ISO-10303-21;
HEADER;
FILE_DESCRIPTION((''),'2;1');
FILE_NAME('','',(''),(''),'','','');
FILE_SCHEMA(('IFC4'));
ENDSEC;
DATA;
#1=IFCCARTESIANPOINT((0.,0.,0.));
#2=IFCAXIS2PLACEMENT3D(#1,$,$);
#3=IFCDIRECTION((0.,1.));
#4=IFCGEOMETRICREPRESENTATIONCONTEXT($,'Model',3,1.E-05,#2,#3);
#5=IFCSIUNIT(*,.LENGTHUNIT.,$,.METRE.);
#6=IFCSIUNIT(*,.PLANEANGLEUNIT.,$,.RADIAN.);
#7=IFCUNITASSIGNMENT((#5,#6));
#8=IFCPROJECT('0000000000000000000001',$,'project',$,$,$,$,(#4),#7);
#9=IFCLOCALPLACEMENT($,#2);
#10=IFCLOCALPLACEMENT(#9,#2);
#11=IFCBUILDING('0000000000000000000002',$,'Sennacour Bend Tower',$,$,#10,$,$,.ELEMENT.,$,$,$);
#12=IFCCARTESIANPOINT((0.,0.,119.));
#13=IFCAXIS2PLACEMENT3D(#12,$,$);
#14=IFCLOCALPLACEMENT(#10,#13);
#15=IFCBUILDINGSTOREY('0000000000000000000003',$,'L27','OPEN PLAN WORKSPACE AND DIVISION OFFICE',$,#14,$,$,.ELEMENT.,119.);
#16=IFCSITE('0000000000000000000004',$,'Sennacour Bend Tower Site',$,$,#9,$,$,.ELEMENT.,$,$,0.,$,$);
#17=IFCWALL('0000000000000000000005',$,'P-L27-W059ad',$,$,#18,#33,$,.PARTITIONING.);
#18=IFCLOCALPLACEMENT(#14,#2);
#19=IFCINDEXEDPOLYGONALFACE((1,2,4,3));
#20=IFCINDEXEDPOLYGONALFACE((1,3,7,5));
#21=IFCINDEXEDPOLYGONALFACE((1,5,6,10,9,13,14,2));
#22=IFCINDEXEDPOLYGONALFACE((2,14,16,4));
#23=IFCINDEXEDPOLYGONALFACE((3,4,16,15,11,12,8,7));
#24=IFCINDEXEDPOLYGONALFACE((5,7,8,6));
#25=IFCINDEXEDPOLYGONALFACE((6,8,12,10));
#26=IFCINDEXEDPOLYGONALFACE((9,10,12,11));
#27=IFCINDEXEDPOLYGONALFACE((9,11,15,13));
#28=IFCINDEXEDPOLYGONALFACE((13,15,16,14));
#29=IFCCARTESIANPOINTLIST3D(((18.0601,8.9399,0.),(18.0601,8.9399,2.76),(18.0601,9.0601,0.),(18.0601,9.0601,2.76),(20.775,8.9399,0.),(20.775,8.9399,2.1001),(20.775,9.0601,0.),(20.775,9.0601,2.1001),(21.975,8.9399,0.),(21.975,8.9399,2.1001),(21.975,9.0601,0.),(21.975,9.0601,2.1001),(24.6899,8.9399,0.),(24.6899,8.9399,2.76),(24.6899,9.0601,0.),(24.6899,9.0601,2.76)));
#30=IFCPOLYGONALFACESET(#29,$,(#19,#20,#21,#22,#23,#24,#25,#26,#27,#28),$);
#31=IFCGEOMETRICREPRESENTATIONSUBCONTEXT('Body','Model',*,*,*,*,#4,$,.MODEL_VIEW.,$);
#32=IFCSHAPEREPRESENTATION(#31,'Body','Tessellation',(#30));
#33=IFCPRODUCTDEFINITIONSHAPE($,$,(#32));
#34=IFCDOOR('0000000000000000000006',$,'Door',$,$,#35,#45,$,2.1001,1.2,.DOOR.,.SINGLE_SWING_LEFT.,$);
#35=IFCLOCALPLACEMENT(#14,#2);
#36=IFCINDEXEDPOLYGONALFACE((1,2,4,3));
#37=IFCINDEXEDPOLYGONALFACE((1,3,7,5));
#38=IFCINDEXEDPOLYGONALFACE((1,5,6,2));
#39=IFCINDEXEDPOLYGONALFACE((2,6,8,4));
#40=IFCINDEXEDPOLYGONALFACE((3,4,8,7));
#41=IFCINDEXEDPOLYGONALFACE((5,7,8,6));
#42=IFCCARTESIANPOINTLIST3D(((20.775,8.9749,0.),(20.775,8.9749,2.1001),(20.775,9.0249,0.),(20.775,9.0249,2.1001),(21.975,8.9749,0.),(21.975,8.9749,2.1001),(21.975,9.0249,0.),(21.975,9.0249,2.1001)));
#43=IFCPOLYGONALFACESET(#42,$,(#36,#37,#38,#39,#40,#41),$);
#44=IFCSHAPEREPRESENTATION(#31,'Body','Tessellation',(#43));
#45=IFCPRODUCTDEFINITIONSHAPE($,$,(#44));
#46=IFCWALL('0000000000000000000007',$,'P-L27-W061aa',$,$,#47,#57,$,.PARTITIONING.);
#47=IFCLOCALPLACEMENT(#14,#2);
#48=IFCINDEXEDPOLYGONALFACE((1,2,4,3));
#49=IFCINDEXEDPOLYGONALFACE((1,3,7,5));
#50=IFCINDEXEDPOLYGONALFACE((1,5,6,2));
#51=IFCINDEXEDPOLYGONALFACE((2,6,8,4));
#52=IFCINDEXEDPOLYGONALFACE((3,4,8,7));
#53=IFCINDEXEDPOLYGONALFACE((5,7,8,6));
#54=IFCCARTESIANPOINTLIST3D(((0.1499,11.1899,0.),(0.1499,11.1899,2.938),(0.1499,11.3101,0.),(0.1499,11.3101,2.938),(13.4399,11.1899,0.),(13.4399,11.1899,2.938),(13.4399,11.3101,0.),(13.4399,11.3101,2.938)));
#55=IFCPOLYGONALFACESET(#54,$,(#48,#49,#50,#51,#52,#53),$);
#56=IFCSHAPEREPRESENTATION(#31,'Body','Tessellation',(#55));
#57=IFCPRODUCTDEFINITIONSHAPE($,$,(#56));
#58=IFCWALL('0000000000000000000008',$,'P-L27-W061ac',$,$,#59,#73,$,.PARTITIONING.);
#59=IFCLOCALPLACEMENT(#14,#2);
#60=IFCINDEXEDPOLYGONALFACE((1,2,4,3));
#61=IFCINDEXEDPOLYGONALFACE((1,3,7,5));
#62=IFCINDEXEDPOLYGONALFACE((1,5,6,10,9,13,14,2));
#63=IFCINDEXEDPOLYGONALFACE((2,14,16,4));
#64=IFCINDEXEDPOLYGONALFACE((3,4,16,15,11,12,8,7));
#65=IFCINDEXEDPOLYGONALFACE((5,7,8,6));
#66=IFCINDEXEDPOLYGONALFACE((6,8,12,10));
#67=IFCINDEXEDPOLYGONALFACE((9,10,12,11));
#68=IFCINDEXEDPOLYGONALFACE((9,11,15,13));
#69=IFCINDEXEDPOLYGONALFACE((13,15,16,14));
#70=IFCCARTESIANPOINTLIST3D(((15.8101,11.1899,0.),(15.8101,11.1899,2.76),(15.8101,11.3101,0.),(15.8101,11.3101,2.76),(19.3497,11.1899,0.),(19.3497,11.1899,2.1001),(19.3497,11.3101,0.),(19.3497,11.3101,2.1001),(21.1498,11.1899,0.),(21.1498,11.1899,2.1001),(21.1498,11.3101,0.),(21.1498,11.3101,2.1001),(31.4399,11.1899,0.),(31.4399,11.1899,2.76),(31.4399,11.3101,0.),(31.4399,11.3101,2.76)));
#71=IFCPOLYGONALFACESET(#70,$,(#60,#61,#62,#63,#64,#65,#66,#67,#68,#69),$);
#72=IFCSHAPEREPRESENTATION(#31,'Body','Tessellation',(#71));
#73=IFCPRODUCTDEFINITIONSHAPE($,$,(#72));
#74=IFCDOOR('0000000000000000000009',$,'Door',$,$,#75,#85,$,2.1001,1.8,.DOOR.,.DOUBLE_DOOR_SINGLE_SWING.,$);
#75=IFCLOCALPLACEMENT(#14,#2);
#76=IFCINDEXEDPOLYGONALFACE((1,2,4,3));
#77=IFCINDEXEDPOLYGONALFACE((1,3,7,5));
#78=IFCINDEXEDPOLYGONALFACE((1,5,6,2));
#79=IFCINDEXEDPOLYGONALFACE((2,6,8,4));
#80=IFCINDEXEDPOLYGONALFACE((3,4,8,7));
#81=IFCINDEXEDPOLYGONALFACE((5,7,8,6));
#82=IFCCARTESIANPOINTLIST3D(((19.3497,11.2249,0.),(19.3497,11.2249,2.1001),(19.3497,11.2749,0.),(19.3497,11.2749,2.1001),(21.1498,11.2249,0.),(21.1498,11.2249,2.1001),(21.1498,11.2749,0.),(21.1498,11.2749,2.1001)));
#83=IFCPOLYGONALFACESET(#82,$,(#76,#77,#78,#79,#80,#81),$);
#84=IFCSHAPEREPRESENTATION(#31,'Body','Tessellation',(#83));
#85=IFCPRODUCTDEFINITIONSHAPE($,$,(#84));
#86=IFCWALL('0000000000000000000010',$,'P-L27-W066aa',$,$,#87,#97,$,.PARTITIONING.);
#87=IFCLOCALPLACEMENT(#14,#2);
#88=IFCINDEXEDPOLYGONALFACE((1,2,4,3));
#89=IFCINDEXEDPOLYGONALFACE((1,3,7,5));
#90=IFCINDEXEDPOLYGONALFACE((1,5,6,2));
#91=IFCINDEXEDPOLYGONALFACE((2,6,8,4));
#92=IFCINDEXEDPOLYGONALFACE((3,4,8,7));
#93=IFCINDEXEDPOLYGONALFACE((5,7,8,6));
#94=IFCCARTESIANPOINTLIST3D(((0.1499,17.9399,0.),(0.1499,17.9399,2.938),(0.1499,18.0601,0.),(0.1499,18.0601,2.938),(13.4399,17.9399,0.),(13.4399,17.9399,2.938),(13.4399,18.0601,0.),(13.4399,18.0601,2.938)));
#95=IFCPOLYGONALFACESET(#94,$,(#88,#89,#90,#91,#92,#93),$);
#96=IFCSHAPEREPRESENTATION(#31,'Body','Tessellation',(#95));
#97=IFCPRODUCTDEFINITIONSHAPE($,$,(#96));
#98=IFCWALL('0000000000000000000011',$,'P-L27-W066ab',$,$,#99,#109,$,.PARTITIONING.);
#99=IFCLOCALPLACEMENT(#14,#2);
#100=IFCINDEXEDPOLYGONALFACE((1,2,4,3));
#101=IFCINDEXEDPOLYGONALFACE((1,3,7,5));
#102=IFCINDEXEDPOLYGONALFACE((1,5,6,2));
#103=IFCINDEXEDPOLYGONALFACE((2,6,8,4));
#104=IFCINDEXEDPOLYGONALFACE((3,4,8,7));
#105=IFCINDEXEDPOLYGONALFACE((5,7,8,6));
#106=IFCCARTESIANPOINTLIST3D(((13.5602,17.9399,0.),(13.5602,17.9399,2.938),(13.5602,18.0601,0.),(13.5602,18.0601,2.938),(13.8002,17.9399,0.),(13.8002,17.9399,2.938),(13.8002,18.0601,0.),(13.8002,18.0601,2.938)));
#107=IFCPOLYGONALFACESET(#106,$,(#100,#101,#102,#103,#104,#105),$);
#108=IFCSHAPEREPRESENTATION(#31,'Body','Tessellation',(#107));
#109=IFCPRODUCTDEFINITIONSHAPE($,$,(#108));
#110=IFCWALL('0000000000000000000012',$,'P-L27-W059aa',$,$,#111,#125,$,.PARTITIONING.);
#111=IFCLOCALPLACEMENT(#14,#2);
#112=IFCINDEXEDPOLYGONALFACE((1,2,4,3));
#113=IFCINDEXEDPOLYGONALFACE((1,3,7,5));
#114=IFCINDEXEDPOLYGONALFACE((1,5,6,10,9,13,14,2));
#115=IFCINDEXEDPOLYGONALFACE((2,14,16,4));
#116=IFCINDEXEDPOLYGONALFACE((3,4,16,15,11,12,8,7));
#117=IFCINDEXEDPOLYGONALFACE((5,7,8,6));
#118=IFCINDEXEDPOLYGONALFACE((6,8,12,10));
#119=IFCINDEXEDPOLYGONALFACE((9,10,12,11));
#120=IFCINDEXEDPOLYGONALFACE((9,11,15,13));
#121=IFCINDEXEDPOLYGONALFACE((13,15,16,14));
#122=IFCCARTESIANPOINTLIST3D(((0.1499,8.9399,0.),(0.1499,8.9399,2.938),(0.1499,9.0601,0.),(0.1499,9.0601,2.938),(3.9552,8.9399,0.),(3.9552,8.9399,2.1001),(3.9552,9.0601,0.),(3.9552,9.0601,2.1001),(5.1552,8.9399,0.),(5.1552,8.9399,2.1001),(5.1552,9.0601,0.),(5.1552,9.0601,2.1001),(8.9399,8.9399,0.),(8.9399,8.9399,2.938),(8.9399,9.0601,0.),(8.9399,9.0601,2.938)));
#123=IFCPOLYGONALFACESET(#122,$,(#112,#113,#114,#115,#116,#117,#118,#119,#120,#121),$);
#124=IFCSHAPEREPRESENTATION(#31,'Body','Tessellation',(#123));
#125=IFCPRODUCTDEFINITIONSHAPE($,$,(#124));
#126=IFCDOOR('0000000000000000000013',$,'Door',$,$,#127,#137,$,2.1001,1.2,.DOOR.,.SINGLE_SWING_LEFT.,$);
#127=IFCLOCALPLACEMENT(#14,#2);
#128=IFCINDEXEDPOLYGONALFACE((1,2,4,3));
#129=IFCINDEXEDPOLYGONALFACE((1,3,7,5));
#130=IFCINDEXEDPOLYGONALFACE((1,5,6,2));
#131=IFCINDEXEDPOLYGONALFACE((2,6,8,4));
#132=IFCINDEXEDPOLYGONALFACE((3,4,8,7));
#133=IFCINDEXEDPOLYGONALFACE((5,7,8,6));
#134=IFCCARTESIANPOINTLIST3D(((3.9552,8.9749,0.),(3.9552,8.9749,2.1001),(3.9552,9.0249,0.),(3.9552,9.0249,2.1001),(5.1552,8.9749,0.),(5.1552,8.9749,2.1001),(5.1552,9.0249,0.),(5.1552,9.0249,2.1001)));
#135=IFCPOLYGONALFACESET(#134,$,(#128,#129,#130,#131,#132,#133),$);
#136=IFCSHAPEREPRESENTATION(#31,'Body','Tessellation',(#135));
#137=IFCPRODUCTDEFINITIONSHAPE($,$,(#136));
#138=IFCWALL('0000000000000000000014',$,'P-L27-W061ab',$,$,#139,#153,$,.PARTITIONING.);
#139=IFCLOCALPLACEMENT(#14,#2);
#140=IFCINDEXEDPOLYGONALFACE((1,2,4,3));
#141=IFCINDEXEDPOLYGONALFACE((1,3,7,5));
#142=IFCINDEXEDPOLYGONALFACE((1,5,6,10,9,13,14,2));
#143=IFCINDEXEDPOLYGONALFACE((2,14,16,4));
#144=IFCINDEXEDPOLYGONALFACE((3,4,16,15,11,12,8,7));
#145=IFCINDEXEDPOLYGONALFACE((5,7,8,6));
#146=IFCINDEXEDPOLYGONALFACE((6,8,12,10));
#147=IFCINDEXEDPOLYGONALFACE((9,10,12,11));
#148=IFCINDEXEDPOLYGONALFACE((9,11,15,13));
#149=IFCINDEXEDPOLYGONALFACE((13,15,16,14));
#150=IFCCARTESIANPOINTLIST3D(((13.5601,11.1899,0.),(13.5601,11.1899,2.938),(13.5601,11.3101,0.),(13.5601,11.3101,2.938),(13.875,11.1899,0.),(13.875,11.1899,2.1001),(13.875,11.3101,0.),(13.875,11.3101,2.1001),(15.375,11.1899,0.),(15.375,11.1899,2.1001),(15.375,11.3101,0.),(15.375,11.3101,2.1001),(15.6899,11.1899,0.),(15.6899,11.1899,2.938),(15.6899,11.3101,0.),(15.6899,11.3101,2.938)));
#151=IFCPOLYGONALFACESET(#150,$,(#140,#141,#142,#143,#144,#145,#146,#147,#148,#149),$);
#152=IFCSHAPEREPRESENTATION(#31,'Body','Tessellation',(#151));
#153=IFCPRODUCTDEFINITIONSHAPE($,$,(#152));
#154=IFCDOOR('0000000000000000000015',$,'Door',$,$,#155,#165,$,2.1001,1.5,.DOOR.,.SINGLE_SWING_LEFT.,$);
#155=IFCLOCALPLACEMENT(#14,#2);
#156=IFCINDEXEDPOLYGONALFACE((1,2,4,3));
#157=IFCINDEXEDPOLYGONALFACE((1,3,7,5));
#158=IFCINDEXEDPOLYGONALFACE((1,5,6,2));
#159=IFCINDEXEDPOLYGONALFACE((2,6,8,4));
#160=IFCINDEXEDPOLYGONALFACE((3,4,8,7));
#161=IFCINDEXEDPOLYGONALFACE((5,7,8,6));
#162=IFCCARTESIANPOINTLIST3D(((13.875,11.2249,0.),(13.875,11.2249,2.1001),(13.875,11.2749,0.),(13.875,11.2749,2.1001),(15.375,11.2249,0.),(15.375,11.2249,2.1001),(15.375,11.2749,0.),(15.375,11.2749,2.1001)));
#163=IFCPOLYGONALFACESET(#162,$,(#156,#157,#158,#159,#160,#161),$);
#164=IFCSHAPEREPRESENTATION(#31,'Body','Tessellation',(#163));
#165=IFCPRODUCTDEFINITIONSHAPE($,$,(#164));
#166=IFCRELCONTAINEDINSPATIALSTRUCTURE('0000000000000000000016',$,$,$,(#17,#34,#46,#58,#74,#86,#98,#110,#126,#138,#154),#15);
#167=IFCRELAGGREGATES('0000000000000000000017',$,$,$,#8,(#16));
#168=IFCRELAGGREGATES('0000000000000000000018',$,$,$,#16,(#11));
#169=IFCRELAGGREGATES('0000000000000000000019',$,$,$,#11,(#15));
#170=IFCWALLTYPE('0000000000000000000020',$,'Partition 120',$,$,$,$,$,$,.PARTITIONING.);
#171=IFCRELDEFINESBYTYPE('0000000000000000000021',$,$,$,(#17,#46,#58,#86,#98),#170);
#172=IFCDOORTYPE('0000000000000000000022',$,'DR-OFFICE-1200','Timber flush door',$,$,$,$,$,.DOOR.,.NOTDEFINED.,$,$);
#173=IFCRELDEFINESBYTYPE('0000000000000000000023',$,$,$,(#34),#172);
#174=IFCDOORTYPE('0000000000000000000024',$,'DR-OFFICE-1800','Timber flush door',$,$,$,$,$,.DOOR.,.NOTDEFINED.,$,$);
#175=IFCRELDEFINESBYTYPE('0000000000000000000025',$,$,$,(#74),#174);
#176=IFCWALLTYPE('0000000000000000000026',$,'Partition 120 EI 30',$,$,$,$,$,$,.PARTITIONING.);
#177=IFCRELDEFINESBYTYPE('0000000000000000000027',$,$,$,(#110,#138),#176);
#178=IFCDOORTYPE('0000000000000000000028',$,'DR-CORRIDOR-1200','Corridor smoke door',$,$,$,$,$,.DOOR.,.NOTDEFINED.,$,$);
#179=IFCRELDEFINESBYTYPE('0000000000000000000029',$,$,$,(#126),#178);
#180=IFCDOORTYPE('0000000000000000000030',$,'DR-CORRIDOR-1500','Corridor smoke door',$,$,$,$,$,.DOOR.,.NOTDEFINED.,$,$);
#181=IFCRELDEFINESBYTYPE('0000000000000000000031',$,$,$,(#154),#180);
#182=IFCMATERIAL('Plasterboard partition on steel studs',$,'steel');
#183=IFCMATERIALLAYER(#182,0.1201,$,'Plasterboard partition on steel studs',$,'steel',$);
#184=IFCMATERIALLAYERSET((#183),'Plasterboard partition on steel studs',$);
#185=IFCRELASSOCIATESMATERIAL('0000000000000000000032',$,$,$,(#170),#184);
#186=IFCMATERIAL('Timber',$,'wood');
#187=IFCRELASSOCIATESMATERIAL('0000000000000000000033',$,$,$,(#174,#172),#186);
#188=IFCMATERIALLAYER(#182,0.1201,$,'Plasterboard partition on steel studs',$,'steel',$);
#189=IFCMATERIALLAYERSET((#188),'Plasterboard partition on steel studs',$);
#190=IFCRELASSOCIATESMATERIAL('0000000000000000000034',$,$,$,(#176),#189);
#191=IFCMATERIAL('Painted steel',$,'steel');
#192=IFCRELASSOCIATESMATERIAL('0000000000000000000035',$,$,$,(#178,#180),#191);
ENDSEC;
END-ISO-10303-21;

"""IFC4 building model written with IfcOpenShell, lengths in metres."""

from ifc_helpers import new_model, si_unit, direction, frame, frame_2d, origin, place, context, subcontext, project, spatial, rectangle, extrude, material, layer, layer_set, type_object, element, fill, save


model = new_model("IFC4")

# Units and contexts
model_context = context("Model", 3, precision=1e-05, world=origin(), true_north=direction((0.0, 1.0)))
body_context = subcontext(model_context, "Body", "Model", "MODEL_VIEW")
ifc_project = project(units=[si_unit("LENGTHUNIT", "METRE"), si_unit("PLANEANGLEUNIT", "RADIAN")], contexts=[model_context])

# Site, building, storey
site_placement = place(None, origin())
site = spatial("IfcSite", under=ifc_project, at=site_placement, Name="Sennacour Bend Tower Site", CompositionType="ELEMENT", RefElevation=0.0)
building_placement = place(site_placement, origin())
building = spatial("IfcBuilding", under=site, at=building_placement, Name="Sennacour Bend Tower", CompositionType="ELEMENT")
storey_placement = place(building_placement, frame((0.0, 0.0, 119.0)))
storey = spatial("IfcBuildingStorey", under=building, at=storey_placement, Name="L27", Description="OPEN PLAN WORKSPACE AND DIVISION OFFICE", CompositionType="ELEMENT", Elevation=119.0)

# Shared definitions
ifc_material_1 = material(Name="Plasterboard partition on steel studs", Category="steel")
ifc_layer_1 = layer(ifc_material_1, 0.1201, Name="Plasterboard partition on steel studs", Category="steel")
ifc_layer_set_1 = layer_set([ifc_layer_1], Name="Plasterboard partition on steel studs")
wall_type_1 = type_object("IfcWallType", Name="Partition 120", PredefinedType="PARTITIONING", material=ifc_layer_set_1)
ifc_material_2 = material(Name="Timber", Category="wood")
door_type_1 = type_object("IfcDoorType", Name="DR-OFFICE-1800", Description="Timber flush door", OperationType="NOTDEFINED", PredefinedType="DOOR", material=ifc_material_2)
door_type_2 = type_object("IfcDoorType", Name="DR-OFFICE-1200", Description="Timber flush door", OperationType="NOTDEFINED", PredefinedType="DOOR", material=ifc_material_2)

# Wall, opening, door
wall_1_placement = place(storey_placement, frame((18.0601, 9.0, 0.0), z_axis=(0.0, 0.0, 1.0), x_axis=(1.0, 0.0, 0.0)))
wall_1 = element("IfcWall", 1, at=wall_1_placement, inside=storey, type_object=wall_type_1, Name="P-L27-W059ad", PredefinedType="PARTITIONING", context=body_context, shape_type="SweptSolid", body=[
    extrude(rectangle(XDim=6.6299, YDim=0.1201, at=frame_2d((3.3149, 0.0))), origin(), (0.0, 0.0, 1.0), 2.76),
])
opening_1_placement = place(wall_1_placement, frame((2.7148, 0.0, 0.0)))
opening_1 = element("IfcOpeningElement", 2, at=opening_1_placement, cuts=wall_1, PredefinedType="OPENING", context=body_context, shape_type="SweptSolid", body=[
    extrude(rectangle(XDim=1.2, YDim=2.1001, at=frame_2d((0.6001, 1.05))), frame((0.0, 0.0701, 0.0), z_axis=(0.0, -1.0, 0.0), x_axis=(1.0, 0.0, 0.0)), (0.0, 0.0, 1.0), 0.1401),
])
door_1_placement = place(opening_1_placement, origin())
door_1 = element("IfcDoor", 3, at=door_1_placement, inside=storey, type_object=door_type_2, Name="Door", OperationType="SINGLE_SWING_LEFT", OverallHeight=2.1001, OverallWidth=1.2, PredefinedType="DOOR", context=body_context, shape_type="SweptSolid", body=[
    extrude(rectangle(XDim=1.2, YDim=2.1001, at=frame_2d((0.6001, 1.05))), frame((0.0, 0.0249, 0.0), z_axis=(0.0, -1.0, 0.0), x_axis=(1.0, 0.0, 0.0)), (0.0, 0.0, 1.0), 0.05),
])
fill(opening_1, door_1)

# Wall
wall_2_placement = place(storey_placement, frame((0.1499, 11.25, 0.0), z_axis=(0.0, 0.0, 1.0), x_axis=(1.0, 0.0, 0.0)))
element("IfcWall", 4, at=wall_2_placement, inside=storey, type_object=wall_type_1, Name="P-L27-W061aa", PredefinedType="PARTITIONING", context=body_context, shape_type="SweptSolid", body=[
    extrude(rectangle(XDim=13.29, YDim=0.1201, at=frame_2d((6.645, 0.0))), origin(), (0.0, 0.0, 1.0), 2.938),
])

# Wall, opening, door
wall_3_placement = place(storey_placement, frame((15.8101, 11.25, 0.0), z_axis=(0.0, 0.0, 1.0), x_axis=(1.0, 0.0, 0.0)))
wall_3 = element("IfcWall", 5, at=wall_3_placement, inside=storey, type_object=wall_type_1, Name="P-L27-W061ac", PredefinedType="PARTITIONING", context=body_context, shape_type="SweptSolid", body=[
    extrude(rectangle(XDim=15.6299, YDim=0.1201, at=frame_2d((7.8149, 0.0))), origin(), (0.0, 0.0, 1.0), 2.76),
])
opening_2_placement = place(wall_3_placement, frame((3.5398, 0.0, 0.0)))
opening_2 = element("IfcOpeningElement", 6, at=opening_2_placement, cuts=wall_3, PredefinedType="OPENING", context=body_context, shape_type="SweptSolid", body=[
    extrude(rectangle(XDim=1.8, YDim=2.1001, at=frame_2d((0.8999, 1.05))), frame((0.0, 0.0701, 0.0), z_axis=(0.0, -1.0, 0.0), x_axis=(1.0, 0.0, 0.0)), (0.0, 0.0, 1.0), 0.1401),
])
door_2_placement = place(opening_2_placement, origin())
door_2 = element("IfcDoor", 7, at=door_2_placement, inside=storey, type_object=door_type_1, Name="Door", OperationType="DOUBLE_DOOR_SINGLE_SWING", OverallHeight=2.1001, OverallWidth=1.8, PredefinedType="DOOR", context=body_context, shape_type="SweptSolid", body=[
    extrude(rectangle(XDim=1.8, YDim=2.1001, at=frame_2d((0.8999, 1.05))), frame((0.0, 0.0249, 0.0), z_axis=(0.0, -1.0, 0.0), x_axis=(1.0, 0.0, 0.0)), (0.0, 0.0, 1.0), 0.05),
])
fill(opening_2, door_2)

# Walls
wall_4_placement = place(storey_placement, frame((0.1499, 18.0, 0.0), z_axis=(0.0, 0.0, 1.0), x_axis=(1.0, 0.0, 0.0)))
element("IfcWall", 8, at=wall_4_placement, inside=storey, type_object=wall_type_1, Name="P-L27-W066aa", PredefinedType="PARTITIONING", context=body_context, shape_type="SweptSolid", body=[
    extrude(rectangle(XDim=13.29, YDim=0.1201, at=frame_2d((6.645, 0.0))), origin(), (0.0, 0.0, 1.0), 2.938),
])
wall_5_placement = place(storey_placement, frame((13.5601, 18.0, 0.0), z_axis=(0.0, 0.0, 1.0), x_axis=(1.0, 0.0, 0.0)))
element("IfcWall", 9, at=wall_5_placement, inside=storey, type_object=wall_type_1, Name="P-L27-W066ab", PredefinedType="PARTITIONING", context=body_context, shape_type="SweptSolid", body=[
    extrude(rectangle(XDim=0.24, YDim=0.1201, at=frame_2d((0.1201, 0.0))), origin(), (0.0, 0.0, 1.0), 2.938),
])

# Walls, openings, doors
ifc_layer_2 = layer(ifc_material_1, 0.1201, Name="Plasterboard partition on steel studs", Category="steel")
ifc_layer_set_2 = layer_set([ifc_layer_2], Name="Plasterboard partition on steel studs")
wall_type_2 = type_object("IfcWallType", Name="Partition 120 EI 30", PredefinedType="PARTITIONING", material=ifc_layer_set_2)
wall_6_placement = place(storey_placement, frame((0.1499, 9.0, 0.0), z_axis=(0.0, 0.0, 1.0), x_axis=(1.0, 0.0, 0.0)))
wall_6 = element("IfcWall", 10, at=wall_6_placement, inside=storey, type_object=wall_type_2, Name="P-L27-W059aa", PredefinedType="PARTITIONING", context=body_context, shape_type="SweptSolid", body=[
    extrude(rectangle(XDim=8.79, YDim=0.1201, at=frame_2d((4.395, 0.0))), origin(), (0.0, 0.0, 1.0), 2.938),
])
opening_3_placement = place(wall_6_placement, frame((3.8052, 0.0, 0.0)))
opening_3 = element("IfcOpeningElement", 11, at=opening_3_placement, cuts=wall_6, PredefinedType="OPENING", context=body_context, shape_type="SweptSolid", body=[
    extrude(rectangle(XDim=1.2, YDim=2.1001, at=frame_2d((0.6001, 1.05))), frame((0.0, 0.0701, 0.0), z_axis=(0.0, -1.0, 0.0), x_axis=(1.0, 0.0, 0.0)), (0.0, 0.0, 1.0), 0.1401),
])
ifc_material_3 = material(Name="Painted steel", Category="steel")
door_type_3 = type_object("IfcDoorType", Name="DR-CORRIDOR-1200", Description="Corridor smoke door", OperationType="NOTDEFINED", PredefinedType="DOOR", material=ifc_material_3)
door_3_placement = place(opening_3_placement, origin())
door_3 = element("IfcDoor", 12, at=door_3_placement, inside=storey, type_object=door_type_3, Name="Door", OperationType="SINGLE_SWING_LEFT", OverallHeight=2.1001, OverallWidth=1.2, PredefinedType="DOOR", context=body_context, shape_type="SweptSolid", body=[
    extrude(rectangle(XDim=1.2, YDim=2.1001, at=frame_2d((0.6001, 1.05))), frame((0.0, 0.0249, 0.0), z_axis=(0.0, -1.0, 0.0), x_axis=(1.0, 0.0, 0.0)), (0.0, 0.0, 1.0), 0.05),
])
fill(opening_3, door_3)
wall_7_placement = place(storey_placement, frame((13.5601, 11.25, 0.0), z_axis=(0.0, 0.0, 1.0), x_axis=(1.0, 0.0, 0.0)))
wall_7 = element("IfcWall", 13, at=wall_7_placement, inside=storey, type_object=wall_type_2, Name="P-L27-W061ab", PredefinedType="PARTITIONING", context=body_context, shape_type="SweptSolid", body=[
    extrude(rectangle(XDim=2.1299, YDim=0.1201, at=frame_2d((1.0649, 0.0))), origin(), (0.0, 0.0, 1.0), 2.938),
])
opening_4_placement = place(wall_7_placement, frame((0.3149, 0.0, 0.0)))
opening_4 = element("IfcOpeningElement", 14, at=opening_4_placement, cuts=wall_7, PredefinedType="OPENING", context=body_context, shape_type="SweptSolid", body=[
    extrude(rectangle(XDim=1.5, YDim=2.1001, at=frame_2d((0.75, 1.05))), frame((0.0, 0.0701, 0.0), z_axis=(0.0, -1.0, 0.0), x_axis=(1.0, 0.0, 0.0)), (0.0, 0.0, 1.0), 0.1401),
])
door_type_4 = type_object("IfcDoorType", Name="DR-CORRIDOR-1500", Description="Corridor smoke door", OperationType="NOTDEFINED", PredefinedType="DOOR", material=ifc_material_3)
door_4_placement = place(opening_4_placement, origin())
door_4 = element("IfcDoor", 15, at=door_4_placement, inside=storey, type_object=door_type_4, Name="Door", OperationType="SINGLE_SWING_LEFT", OverallHeight=2.1001, OverallWidth=1.5, PredefinedType="DOOR", context=body_context, shape_type="SweptSolid", body=[
    extrude(rectangle(XDim=1.5, YDim=2.1001, at=frame_2d((0.75, 1.05))), frame((0.0, 0.0249, 0.0), z_axis=(0.0, -1.0, 0.0), x_axis=(1.0, 0.0, 0.0)), (0.0, 0.0, 1.0), 0.05),
])
fill(opening_4, door_4)

save(model, "model.ifc")
